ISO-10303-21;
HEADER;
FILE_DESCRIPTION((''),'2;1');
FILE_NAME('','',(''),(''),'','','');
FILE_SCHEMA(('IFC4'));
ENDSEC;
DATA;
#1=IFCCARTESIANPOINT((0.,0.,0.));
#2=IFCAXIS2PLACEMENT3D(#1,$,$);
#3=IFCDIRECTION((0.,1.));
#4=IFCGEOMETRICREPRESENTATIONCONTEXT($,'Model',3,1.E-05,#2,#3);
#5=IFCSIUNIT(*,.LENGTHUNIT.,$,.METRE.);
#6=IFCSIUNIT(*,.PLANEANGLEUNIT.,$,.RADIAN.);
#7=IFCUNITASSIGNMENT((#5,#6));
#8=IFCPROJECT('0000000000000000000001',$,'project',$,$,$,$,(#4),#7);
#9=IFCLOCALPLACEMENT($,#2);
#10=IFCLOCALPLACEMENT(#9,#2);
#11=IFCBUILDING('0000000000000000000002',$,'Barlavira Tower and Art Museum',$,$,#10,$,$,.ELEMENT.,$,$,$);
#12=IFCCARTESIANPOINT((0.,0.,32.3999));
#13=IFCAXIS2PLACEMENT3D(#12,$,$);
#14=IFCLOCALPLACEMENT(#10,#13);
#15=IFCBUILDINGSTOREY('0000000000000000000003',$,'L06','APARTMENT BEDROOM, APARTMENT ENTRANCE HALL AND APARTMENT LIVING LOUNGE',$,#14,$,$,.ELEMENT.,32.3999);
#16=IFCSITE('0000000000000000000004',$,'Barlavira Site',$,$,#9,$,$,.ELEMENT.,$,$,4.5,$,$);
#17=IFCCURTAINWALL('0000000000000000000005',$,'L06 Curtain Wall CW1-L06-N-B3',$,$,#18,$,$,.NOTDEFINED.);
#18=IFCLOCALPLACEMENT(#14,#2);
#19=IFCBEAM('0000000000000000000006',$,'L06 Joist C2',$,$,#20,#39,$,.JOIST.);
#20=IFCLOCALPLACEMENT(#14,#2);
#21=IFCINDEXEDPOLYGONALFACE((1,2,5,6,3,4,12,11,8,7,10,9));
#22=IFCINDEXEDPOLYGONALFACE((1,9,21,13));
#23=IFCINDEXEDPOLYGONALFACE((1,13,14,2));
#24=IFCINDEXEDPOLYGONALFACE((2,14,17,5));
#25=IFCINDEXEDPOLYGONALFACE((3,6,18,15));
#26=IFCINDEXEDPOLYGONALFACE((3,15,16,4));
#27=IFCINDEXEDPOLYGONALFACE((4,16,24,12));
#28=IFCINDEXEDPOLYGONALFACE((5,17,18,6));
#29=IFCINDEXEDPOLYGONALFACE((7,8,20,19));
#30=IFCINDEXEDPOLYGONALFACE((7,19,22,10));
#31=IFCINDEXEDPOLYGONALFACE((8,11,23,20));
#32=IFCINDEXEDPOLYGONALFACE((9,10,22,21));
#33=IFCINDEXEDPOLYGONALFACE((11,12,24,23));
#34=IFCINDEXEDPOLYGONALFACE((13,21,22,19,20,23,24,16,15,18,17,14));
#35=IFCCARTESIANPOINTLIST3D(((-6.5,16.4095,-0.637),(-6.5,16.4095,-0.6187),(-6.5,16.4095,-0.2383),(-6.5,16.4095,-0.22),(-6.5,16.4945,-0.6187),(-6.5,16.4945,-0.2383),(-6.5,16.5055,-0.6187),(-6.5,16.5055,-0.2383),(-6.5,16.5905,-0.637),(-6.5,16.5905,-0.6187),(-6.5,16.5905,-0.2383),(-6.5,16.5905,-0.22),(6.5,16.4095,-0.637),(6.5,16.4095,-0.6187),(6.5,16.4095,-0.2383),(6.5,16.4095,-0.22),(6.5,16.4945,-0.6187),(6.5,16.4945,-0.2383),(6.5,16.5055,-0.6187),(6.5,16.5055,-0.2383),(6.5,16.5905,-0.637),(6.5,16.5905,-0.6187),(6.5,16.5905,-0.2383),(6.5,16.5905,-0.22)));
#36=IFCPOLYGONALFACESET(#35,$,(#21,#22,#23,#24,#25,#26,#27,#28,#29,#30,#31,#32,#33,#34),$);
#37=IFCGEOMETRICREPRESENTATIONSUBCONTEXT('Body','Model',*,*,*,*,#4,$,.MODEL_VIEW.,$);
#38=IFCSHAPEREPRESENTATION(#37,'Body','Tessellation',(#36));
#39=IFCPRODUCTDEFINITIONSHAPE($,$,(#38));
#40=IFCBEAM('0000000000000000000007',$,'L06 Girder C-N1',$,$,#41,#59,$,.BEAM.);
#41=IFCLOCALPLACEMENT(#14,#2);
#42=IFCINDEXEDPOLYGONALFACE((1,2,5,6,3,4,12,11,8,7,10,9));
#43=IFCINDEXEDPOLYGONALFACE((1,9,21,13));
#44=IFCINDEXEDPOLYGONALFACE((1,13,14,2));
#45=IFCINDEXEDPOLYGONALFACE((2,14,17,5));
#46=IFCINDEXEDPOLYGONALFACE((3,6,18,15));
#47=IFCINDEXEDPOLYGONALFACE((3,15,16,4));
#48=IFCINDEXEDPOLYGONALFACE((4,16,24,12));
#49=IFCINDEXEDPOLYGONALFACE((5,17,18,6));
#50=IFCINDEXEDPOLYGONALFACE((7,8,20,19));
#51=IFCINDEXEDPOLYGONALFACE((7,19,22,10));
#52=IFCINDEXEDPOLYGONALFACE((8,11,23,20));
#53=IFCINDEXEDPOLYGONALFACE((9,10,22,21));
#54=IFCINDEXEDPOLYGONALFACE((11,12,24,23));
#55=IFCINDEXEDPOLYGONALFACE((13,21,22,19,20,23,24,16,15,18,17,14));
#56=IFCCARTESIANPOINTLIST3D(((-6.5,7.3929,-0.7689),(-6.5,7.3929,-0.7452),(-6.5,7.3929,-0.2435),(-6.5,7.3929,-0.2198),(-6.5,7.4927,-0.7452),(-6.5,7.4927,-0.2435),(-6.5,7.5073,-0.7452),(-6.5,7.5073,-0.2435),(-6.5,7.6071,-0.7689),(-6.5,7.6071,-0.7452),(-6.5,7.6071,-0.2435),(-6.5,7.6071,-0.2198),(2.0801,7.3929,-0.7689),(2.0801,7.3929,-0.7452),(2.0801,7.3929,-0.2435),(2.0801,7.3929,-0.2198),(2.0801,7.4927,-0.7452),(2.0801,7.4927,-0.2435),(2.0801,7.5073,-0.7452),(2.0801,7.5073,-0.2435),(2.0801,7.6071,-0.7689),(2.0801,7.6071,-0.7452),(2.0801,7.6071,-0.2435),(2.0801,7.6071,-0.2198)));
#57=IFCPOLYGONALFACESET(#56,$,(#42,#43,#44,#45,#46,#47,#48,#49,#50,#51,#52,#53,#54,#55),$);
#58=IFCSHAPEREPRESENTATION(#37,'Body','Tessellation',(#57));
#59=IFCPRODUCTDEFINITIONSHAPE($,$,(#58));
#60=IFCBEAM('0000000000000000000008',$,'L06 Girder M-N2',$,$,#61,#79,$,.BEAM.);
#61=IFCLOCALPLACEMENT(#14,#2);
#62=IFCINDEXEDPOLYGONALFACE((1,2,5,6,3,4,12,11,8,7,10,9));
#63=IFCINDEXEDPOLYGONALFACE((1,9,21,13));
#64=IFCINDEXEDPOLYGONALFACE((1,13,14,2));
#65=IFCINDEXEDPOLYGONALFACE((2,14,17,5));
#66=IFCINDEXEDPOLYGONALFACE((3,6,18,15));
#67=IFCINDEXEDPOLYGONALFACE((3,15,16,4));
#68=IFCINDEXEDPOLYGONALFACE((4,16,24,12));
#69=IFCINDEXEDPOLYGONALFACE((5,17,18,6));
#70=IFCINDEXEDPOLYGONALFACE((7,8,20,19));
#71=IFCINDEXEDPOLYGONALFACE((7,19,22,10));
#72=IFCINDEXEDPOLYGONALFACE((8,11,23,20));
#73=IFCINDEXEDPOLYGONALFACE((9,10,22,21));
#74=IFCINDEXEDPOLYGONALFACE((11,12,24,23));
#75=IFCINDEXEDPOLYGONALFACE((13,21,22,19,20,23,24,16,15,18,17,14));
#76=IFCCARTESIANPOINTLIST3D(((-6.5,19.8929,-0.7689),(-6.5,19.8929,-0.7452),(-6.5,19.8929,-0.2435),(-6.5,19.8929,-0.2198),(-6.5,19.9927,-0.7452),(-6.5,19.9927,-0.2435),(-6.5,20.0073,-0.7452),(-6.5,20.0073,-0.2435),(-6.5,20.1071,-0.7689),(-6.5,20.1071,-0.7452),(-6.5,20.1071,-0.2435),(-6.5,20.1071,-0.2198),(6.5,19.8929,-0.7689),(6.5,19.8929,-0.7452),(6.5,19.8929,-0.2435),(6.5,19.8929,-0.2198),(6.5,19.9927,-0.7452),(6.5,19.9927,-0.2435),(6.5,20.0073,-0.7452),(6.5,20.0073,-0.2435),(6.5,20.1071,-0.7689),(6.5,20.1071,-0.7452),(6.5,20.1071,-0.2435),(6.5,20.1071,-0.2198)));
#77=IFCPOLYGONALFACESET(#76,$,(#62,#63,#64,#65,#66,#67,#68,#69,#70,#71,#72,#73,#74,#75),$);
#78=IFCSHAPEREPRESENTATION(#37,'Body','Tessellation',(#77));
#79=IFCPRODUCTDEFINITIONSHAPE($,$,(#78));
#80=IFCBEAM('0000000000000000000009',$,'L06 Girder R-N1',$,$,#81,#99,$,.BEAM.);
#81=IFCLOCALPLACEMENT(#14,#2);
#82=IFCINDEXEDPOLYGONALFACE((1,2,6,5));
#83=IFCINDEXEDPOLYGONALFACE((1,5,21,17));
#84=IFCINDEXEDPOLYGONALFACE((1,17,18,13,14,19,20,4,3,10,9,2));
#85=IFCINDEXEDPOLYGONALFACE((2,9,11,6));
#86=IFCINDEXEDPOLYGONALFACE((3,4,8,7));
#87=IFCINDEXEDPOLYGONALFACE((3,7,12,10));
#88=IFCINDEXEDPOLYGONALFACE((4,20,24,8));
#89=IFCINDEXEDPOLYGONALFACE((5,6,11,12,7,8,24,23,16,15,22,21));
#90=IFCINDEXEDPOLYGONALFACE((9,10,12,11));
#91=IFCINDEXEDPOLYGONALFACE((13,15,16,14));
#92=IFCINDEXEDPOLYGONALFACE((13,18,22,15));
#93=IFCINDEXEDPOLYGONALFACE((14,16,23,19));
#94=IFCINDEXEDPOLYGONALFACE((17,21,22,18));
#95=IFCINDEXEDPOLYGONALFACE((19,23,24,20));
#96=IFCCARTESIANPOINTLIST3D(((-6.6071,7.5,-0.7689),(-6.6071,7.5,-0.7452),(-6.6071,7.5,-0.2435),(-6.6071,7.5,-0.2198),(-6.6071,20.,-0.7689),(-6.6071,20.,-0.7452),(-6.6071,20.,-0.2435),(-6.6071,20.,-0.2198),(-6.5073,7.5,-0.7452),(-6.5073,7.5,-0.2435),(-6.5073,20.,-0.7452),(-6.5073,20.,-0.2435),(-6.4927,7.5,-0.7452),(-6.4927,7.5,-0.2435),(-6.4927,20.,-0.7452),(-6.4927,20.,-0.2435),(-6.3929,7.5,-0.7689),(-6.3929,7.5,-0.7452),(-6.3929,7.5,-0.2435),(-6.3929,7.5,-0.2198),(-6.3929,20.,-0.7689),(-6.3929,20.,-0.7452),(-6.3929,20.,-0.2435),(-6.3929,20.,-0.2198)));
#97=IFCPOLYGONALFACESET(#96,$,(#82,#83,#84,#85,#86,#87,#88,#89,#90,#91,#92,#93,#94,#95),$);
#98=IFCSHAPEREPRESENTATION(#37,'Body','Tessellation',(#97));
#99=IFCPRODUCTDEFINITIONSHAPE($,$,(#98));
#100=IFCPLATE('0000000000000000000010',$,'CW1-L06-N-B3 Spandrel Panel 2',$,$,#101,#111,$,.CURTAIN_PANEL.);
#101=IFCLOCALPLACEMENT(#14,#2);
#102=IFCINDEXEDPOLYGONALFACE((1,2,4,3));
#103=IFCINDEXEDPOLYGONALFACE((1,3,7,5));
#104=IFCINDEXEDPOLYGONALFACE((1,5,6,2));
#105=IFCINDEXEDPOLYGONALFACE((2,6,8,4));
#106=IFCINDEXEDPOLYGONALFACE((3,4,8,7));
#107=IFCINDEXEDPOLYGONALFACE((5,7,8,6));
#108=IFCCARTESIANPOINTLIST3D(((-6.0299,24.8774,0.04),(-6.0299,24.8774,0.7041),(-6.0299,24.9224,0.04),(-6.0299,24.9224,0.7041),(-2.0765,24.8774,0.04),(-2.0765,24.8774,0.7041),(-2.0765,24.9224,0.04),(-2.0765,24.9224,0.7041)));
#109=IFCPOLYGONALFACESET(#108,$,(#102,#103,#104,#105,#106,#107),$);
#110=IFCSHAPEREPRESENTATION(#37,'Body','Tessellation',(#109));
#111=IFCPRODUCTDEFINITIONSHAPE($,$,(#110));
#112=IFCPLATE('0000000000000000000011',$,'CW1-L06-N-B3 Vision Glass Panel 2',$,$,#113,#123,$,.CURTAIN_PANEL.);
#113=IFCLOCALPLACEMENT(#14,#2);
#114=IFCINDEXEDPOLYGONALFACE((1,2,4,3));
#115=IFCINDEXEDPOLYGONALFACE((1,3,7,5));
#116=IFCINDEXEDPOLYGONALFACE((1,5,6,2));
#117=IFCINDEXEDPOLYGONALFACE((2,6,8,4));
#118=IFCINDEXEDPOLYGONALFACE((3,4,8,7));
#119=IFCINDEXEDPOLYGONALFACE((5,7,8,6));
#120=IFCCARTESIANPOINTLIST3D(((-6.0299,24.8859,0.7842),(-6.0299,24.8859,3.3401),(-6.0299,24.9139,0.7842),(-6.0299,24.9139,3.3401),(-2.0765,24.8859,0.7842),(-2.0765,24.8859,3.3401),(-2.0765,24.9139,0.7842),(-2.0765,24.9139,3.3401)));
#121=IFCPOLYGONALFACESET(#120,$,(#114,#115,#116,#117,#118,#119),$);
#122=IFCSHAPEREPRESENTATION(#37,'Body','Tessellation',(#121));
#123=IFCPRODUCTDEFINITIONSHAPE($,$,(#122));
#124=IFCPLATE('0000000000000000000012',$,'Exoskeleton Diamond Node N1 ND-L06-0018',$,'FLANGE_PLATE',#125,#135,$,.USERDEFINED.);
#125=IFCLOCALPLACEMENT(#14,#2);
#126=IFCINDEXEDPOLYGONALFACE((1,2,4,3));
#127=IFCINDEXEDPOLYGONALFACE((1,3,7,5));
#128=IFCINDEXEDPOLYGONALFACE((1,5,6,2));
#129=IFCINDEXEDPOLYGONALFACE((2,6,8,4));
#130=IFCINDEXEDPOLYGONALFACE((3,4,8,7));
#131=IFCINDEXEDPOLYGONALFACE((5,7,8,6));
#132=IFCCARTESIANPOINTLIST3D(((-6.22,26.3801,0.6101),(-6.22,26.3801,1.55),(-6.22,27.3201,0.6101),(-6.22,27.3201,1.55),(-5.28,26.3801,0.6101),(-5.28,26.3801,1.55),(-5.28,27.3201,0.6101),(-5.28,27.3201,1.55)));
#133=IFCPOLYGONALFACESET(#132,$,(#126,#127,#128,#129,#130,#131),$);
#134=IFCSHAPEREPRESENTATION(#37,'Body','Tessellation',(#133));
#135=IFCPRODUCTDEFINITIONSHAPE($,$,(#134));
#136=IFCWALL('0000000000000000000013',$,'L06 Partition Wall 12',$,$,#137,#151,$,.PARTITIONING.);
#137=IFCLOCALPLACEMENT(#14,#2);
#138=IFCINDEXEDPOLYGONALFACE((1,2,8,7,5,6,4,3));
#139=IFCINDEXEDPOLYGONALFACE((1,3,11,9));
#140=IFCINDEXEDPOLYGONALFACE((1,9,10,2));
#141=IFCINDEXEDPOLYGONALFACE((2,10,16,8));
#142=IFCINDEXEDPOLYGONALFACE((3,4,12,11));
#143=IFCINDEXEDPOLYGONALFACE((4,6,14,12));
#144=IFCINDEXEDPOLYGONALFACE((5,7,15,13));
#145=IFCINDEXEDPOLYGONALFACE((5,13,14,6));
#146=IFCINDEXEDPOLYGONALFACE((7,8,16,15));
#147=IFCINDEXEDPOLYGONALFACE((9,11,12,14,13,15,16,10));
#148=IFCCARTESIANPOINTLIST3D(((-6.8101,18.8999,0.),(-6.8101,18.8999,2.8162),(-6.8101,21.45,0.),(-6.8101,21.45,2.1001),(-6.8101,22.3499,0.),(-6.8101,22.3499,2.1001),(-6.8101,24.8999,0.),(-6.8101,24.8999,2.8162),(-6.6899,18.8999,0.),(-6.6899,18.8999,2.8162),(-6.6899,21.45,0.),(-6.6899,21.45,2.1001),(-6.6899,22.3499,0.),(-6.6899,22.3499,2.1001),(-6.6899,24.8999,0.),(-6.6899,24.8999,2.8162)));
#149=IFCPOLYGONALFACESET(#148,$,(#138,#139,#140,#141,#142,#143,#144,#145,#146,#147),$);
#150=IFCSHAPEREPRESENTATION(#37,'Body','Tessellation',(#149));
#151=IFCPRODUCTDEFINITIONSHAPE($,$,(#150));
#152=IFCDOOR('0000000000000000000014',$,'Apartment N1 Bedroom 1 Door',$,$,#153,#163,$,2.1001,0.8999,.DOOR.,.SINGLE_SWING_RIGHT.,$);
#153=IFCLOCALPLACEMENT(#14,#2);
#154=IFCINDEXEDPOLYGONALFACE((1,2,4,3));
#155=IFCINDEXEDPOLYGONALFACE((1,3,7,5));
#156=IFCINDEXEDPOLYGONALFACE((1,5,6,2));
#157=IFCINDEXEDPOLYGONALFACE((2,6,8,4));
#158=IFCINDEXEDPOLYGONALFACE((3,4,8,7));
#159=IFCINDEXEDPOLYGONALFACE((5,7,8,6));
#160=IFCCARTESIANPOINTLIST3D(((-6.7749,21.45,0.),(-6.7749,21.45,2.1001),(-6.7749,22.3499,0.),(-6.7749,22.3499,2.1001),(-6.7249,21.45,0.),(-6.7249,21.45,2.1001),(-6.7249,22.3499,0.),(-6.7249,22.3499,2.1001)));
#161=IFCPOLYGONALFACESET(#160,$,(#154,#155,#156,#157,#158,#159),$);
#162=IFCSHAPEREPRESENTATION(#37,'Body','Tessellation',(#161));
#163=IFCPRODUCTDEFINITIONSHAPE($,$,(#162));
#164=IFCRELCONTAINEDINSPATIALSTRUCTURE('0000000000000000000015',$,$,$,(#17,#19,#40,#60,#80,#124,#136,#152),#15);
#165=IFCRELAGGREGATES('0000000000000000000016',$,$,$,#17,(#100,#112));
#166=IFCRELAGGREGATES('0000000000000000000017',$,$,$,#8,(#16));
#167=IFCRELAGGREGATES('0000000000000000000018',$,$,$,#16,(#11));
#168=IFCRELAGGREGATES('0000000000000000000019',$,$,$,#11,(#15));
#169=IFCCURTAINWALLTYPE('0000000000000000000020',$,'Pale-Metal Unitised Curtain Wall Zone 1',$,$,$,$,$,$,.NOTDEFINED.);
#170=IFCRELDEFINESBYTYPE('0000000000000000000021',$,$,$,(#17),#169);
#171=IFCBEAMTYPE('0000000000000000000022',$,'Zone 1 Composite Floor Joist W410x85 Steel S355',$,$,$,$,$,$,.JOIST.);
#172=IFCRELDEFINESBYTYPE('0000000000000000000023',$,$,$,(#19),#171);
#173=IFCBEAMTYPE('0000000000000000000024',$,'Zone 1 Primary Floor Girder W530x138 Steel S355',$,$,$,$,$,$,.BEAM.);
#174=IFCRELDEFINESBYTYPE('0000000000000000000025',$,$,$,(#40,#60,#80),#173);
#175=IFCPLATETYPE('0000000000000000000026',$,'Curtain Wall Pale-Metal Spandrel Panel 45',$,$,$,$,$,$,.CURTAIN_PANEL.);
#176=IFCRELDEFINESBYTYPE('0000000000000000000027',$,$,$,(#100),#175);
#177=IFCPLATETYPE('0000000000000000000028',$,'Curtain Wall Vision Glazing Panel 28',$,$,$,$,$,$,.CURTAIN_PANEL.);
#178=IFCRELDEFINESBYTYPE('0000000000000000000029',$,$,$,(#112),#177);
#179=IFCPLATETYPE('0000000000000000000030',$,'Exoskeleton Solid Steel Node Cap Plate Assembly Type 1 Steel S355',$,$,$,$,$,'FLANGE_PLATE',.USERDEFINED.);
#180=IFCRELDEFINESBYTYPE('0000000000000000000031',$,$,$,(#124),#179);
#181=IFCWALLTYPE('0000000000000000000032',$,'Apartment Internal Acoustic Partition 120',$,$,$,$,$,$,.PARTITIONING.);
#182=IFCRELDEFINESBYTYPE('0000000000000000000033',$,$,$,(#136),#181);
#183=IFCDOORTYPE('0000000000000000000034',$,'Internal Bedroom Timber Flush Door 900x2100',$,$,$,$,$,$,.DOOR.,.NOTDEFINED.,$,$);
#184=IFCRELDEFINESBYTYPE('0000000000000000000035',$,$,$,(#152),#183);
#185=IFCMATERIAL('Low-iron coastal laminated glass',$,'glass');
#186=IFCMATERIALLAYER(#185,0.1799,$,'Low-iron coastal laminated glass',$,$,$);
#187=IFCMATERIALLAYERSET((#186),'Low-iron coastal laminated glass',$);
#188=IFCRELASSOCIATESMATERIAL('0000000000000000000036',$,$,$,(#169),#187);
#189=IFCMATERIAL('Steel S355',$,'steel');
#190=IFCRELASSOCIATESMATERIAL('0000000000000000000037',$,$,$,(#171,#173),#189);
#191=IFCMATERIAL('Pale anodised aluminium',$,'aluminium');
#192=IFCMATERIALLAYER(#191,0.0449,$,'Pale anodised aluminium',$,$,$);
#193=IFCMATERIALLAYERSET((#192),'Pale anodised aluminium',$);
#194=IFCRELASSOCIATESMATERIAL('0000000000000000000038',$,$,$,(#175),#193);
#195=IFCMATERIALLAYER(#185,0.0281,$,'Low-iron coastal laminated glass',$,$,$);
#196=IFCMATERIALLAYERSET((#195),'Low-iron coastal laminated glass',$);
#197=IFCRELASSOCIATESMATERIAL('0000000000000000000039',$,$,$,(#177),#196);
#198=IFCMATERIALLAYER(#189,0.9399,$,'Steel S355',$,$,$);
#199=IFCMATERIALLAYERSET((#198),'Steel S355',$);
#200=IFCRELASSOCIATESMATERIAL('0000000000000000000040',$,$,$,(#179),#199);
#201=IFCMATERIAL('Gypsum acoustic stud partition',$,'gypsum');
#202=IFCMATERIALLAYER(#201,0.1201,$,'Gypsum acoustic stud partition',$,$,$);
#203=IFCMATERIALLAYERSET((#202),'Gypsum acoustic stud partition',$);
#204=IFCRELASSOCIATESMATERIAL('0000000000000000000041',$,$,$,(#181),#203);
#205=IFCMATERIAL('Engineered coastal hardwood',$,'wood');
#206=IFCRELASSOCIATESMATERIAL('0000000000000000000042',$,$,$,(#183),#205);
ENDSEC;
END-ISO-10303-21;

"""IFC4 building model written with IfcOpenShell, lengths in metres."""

from ifc_helpers import new_model, si_unit, direction, frame, frame_2d, origin, origin_2d, place, context, subcontext, project, spatial, rectangle, i_section, extrude, material, layer, layer_set, material_profile, profile_set, type_object, element, fill, aggregate, save


model = new_model("IFC4")

# Units and contexts
model_context = context("Model", 3, precision=1e-05, world=origin(), true_north=direction((0.0, 1.0)))
body_context = subcontext(model_context, "Body", "Model", "MODEL_VIEW")
ifc_project = project(units=[si_unit("LENGTHUNIT", "METRE"), si_unit("PLANEANGLEUNIT", "RADIAN")], contexts=[model_context])

# Site, building, storey
site_placement = place(None, origin())
site = spatial("IfcSite", under=ifc_project, at=site_placement, Name="Barlavira Site", CompositionType="ELEMENT", RefElevation=4.5)
building_placement = place(site_placement, origin())
building = spatial("IfcBuilding", under=site, at=building_placement, Name="Barlavira Tower and Art Museum", CompositionType="ELEMENT")
storey_placement = place(building_placement, frame((0.0, 0.0, 32.3999)))
storey = spatial("IfcBuildingStorey", under=building, at=storey_placement, Name="L06", Description="APARTMENT BEDROOM, APARTMENT ENTRANCE HALL AND APARTMENT LIVING LOUNGE", CompositionType="ELEMENT", Elevation=32.3999)

# Shared definitions
ifc_material_1 = material(Name="Steel S355", Category="steel")

# Curtain wall
ifc_material_2 = material(Name="Low-iron coastal laminated glass", Category="glass")
ifc_layer_1 = layer(ifc_material_2, 0.1799, Name="Low-iron coastal laminated glass")
ifc_layer_set_1 = layer_set([ifc_layer_1], Name="Low-iron coastal laminated glass")
curtain_wall_type = type_object("IfcCurtainWallType", Name="Pale-Metal Unitised Curtain Wall Zone 1", PredefinedType="NOTDEFINED", material=ifc_layer_set_1)
curtain_wall_placement = place(storey_placement, origin())
curtain_wall = element("IfcCurtainWall", 1, at=curtain_wall_placement, inside=storey, type_object=curtain_wall_type, Name="L06 Curtain Wall CW1-L06-N-B3", PredefinedType="NOTDEFINED")
ifc_material_3 = material(Name="Pale anodised aluminium", Category="aluminium")

# Beams
ifc_material_profile_1 = material_profile(ifc_material_1, i_section(OverallWidth=0.1809, OverallDepth=0.417, WebThickness=0.011, FlangeThickness=0.0183, at=origin_2d()), Name="W410x85.0")
ifc_profile_set_1 = profile_set([ifc_material_profile_1], Name="Steel S355")
beam_type_1 = type_object("IfcBeamType", Name="Zone 1 Composite Floor Joist W410x85 Steel S355", PredefinedType="JOIST", material=ifc_profile_set_1)
beam_1_placement = place(storey_placement, frame((-6.5, 16.5, -0.4285), z_axis=(1.0, 0.0, 0.0), x_axis=(0.0, 1.0, 0.0)))
element("IfcBeam", 2, at=beam_1_placement, inside=storey, type_object=beam_type_1, Name="L06 Joist C2", PredefinedType="JOIST", context=body_context, shape_type="SweptSolid", body=[
    extrude(i_section(OverallWidth=0.1809, OverallDepth=0.417, WebThickness=0.011, FlangeThickness=0.0183, at=origin_2d()), origin(), (0.0, 0.0, 1.0), 13.0),
])
ifc_material_profile_2 = material_profile(ifc_material_1, i_section(OverallWidth=0.2141, OverallDepth=0.5491, WebThickness=0.0146, FlangeThickness=0.0237, at=origin_2d()), Name="W530x138.0")
ifc_profile_set_2 = profile_set([ifc_material_profile_2], Name="Steel S355")
beam_type_2 = type_object("IfcBeamType", Name="Zone 1 Primary Floor Girder W530x138 Steel S355", PredefinedType="BEAM", material=ifc_profile_set_2)
beam_2_placement = place(storey_placement, frame((-6.5, 7.5, -0.4944), z_axis=(1.0, 0.0, 0.0), x_axis=(0.0, 1.0, 0.0)))
element("IfcBeam", 3, at=beam_2_placement, inside=storey, type_object=beam_type_2, Name="L06 Girder C-N1", PredefinedType="BEAM", context=body_context, shape_type="SweptSolid", body=[
    extrude(i_section(OverallWidth=0.2141, OverallDepth=0.5491, WebThickness=0.0146, FlangeThickness=0.0237, at=origin_2d()), origin(), (0.0, 0.0, 1.0), 8.5801),
])
beam_3_placement = place(storey_placement, frame((-6.5, 20.0, -0.4944), z_axis=(1.0, 0.0, 0.0), x_axis=(0.0, 1.0, 0.0)))
element("IfcBeam", 4, at=beam_3_placement, inside=storey, type_object=beam_type_2, Name="L06 Girder M-N2", PredefinedType="BEAM", context=body_context, shape_type="SweptSolid", body=[
    extrude(i_section(OverallWidth=0.2141, OverallDepth=0.5491, WebThickness=0.0146, FlangeThickness=0.0237, at=origin_2d()), origin(), (0.0, 0.0, 1.0), 13.0),
])
beam_4_placement = place(storey_placement, frame((-6.5, 7.5, -0.4944), z_axis=(0.0, 1.0, 0.0), x_axis=(-1.0, 0.0, 0.0)))
element("IfcBeam", 5, at=beam_4_placement, inside=storey, type_object=beam_type_2, Name="L06 Girder R-N1", PredefinedType="BEAM", context=body_context, shape_type="SweptSolid", body=[
    extrude(i_section(OverallWidth=0.2141, OverallDepth=0.5491, WebThickness=0.0146, FlangeThickness=0.0237, at=origin_2d()), origin(), (0.0, 0.0, 1.0), 12.5),
])

# Plates
ifc_layer_2 = layer(ifc_material_3, 0.0449, Name="Pale anodised aluminium")
ifc_layer_set_2 = layer_set([ifc_layer_2], Name="Pale anodised aluminium")
plate_type_1 = type_object("IfcPlateType", Name="Curtain Wall Pale-Metal Spandrel Panel 45", PredefinedType="CURTAIN_PANEL", material=ifc_layer_set_2)
plate_1_placement = place(storey_placement, frame((-4.0532, 24.8999, 0.04), z_axis=(0.0, 0.0, 1.0), x_axis=(-1.0, 0.0, 0.0)))
plate_1 = element("IfcPlate", 6, at=plate_1_placement, type_object=plate_type_1, Name="CW1-L06-N-B3 Spandrel Panel 2", PredefinedType="CURTAIN_PANEL", context=body_context, shape_type="SweptSolid", body=[
    extrude(rectangle(XDim=3.9534, YDim=0.0449, at=origin_2d()), origin(), (0.0, 0.0, 1.0), 0.6641),
])
ifc_layer_3 = layer(ifc_material_2, 0.0281, Name="Low-iron coastal laminated glass")
ifc_layer_set_3 = layer_set([ifc_layer_3], Name="Low-iron coastal laminated glass")
plate_type_2 = type_object("IfcPlateType", Name="Curtain Wall Vision Glazing Panel 28", PredefinedType="CURTAIN_PANEL", material=ifc_layer_set_3)
plate_2_placement = place(storey_placement, frame((-4.0532, 24.8999, 0.7842), z_axis=(0.0, 0.0, 1.0), x_axis=(-1.0, 0.0, 0.0)))
plate_2 = element("IfcPlate", 7, at=plate_2_placement, type_object=plate_type_2, Name="CW1-L06-N-B3 Vision Glass Panel 2", PredefinedType="CURTAIN_PANEL", context=body_context, shape_type="SweptSolid", body=[
    extrude(rectangle(XDim=3.9534, YDim=0.0281, at=origin_2d()), origin(), (0.0, 0.0, 1.0), 2.5559),
])
aggregate(curtain_wall, [plate_1, plate_2])
ifc_layer_4 = layer(ifc_material_1, 0.9399, Name="Steel S355")
ifc_layer_set_4 = layer_set([ifc_layer_4], Name="Steel S355")
plate_type_3 = type_object("IfcPlateType", Name="Exoskeleton Solid Steel Node Cap Plate Assembly Type 1 Steel S355", ElementType="FLANGE_PLATE", PredefinedType="USERDEFINED", material=ifc_layer_set_4)
plate_3_placement = place(storey_placement, frame((-5.75, 26.8501, 0.6101), z_axis=(0.0, 0.0, 1.0), x_axis=(1.0, 0.0, 0.0)))
element("IfcPlate", 8, at=plate_3_placement, inside=storey, type_object=plate_type_3, Name="Exoskeleton Diamond Node N1 ND-L06-0018", ObjectType="FLANGE_PLATE", PredefinedType="USERDEFINED", context=body_context, shape_type="SweptSolid", body=[
    extrude(rectangle(XDim=0.9399, YDim=0.9399, at=origin_2d()), origin(), (0.0, 0.0, 1.0), 0.9399),
])

# Wall, opening, door
ifc_material_4 = material(Name="Gypsum acoustic stud partition", Category="gypsum")
ifc_layer_5 = layer(ifc_material_4, 0.1201, Name="Gypsum acoustic stud partition")
ifc_layer_set_5 = layer_set([ifc_layer_5], Name="Gypsum acoustic stud partition")
wall_type_1 = type_object("IfcWallType", Name="Apartment Internal Acoustic Partition 120", PredefinedType="PARTITIONING", material=ifc_layer_set_5)
wall_1_placement = place(storey_placement, frame((-6.75, 18.8999, 0.0), z_axis=(0.0, 0.0, 1.0), x_axis=(0.0, 1.0, 0.0)))
wall_1 = element("IfcWall", 9, at=wall_1_placement, inside=storey, type_object=wall_type_1, Name="L06 Partition Wall 12", PredefinedType="PARTITIONING", context=body_context, shape_type="SweptSolid", body=[
    extrude(rectangle(XDim=6.0, YDim=0.1201, at=frame_2d((3.0, 0.0))), origin(), (0.0, 0.0, 1.0), 2.8162),
])
opening_1_placement = place(wall_1_placement, frame((2.55, 0.0, 0.0)))
opening_1 = element("IfcOpeningElement", 10, at=opening_1_placement, cuts=wall_1, PredefinedType="OPENING", context=body_context, shape_type="SweptSolid", body=[
    extrude(rectangle(XDim=0.8999, YDim=2.1001, at=frame_2d((0.45, 1.05))), frame((0.0, 0.0701, 0.0), z_axis=(0.0, -1.0, 0.0), x_axis=(1.0, 0.0, 0.0)), (0.0, 0.0, 1.0), 0.1401),
])
ifc_material_5 = material(Name="Engineered coastal hardwood", Category="wood")
door_type_1 = type_object("IfcDoorType", Name="Internal Bedroom Timber Flush Door 900x2100", OperationType="NOTDEFINED", PredefinedType="DOOR", material=ifc_material_5)
door_1_placement = place(opening_1_placement, origin())
door_1 = element("IfcDoor", 11, at=door_1_placement, inside=storey, type_object=door_type_1, Name="Apartment N1 Bedroom 1 Door", OperationType="SINGLE_SWING_RIGHT", OverallHeight=2.1001, OverallWidth=0.8999, PredefinedType="DOOR", context=body_context, shape_type="SweptSolid", body=[
    extrude(rectangle(XDim=0.8999, YDim=2.1001, at=frame_2d((0.45, 1.05))), frame((0.0, 0.0249, 0.0), z_axis=(0.0, -1.0, 0.0), x_axis=(1.0, 0.0, 0.0)), (0.0, 0.0, 1.0), 0.05),
])
fill(opening_1, door_1)

save(model, "model.ifc")
